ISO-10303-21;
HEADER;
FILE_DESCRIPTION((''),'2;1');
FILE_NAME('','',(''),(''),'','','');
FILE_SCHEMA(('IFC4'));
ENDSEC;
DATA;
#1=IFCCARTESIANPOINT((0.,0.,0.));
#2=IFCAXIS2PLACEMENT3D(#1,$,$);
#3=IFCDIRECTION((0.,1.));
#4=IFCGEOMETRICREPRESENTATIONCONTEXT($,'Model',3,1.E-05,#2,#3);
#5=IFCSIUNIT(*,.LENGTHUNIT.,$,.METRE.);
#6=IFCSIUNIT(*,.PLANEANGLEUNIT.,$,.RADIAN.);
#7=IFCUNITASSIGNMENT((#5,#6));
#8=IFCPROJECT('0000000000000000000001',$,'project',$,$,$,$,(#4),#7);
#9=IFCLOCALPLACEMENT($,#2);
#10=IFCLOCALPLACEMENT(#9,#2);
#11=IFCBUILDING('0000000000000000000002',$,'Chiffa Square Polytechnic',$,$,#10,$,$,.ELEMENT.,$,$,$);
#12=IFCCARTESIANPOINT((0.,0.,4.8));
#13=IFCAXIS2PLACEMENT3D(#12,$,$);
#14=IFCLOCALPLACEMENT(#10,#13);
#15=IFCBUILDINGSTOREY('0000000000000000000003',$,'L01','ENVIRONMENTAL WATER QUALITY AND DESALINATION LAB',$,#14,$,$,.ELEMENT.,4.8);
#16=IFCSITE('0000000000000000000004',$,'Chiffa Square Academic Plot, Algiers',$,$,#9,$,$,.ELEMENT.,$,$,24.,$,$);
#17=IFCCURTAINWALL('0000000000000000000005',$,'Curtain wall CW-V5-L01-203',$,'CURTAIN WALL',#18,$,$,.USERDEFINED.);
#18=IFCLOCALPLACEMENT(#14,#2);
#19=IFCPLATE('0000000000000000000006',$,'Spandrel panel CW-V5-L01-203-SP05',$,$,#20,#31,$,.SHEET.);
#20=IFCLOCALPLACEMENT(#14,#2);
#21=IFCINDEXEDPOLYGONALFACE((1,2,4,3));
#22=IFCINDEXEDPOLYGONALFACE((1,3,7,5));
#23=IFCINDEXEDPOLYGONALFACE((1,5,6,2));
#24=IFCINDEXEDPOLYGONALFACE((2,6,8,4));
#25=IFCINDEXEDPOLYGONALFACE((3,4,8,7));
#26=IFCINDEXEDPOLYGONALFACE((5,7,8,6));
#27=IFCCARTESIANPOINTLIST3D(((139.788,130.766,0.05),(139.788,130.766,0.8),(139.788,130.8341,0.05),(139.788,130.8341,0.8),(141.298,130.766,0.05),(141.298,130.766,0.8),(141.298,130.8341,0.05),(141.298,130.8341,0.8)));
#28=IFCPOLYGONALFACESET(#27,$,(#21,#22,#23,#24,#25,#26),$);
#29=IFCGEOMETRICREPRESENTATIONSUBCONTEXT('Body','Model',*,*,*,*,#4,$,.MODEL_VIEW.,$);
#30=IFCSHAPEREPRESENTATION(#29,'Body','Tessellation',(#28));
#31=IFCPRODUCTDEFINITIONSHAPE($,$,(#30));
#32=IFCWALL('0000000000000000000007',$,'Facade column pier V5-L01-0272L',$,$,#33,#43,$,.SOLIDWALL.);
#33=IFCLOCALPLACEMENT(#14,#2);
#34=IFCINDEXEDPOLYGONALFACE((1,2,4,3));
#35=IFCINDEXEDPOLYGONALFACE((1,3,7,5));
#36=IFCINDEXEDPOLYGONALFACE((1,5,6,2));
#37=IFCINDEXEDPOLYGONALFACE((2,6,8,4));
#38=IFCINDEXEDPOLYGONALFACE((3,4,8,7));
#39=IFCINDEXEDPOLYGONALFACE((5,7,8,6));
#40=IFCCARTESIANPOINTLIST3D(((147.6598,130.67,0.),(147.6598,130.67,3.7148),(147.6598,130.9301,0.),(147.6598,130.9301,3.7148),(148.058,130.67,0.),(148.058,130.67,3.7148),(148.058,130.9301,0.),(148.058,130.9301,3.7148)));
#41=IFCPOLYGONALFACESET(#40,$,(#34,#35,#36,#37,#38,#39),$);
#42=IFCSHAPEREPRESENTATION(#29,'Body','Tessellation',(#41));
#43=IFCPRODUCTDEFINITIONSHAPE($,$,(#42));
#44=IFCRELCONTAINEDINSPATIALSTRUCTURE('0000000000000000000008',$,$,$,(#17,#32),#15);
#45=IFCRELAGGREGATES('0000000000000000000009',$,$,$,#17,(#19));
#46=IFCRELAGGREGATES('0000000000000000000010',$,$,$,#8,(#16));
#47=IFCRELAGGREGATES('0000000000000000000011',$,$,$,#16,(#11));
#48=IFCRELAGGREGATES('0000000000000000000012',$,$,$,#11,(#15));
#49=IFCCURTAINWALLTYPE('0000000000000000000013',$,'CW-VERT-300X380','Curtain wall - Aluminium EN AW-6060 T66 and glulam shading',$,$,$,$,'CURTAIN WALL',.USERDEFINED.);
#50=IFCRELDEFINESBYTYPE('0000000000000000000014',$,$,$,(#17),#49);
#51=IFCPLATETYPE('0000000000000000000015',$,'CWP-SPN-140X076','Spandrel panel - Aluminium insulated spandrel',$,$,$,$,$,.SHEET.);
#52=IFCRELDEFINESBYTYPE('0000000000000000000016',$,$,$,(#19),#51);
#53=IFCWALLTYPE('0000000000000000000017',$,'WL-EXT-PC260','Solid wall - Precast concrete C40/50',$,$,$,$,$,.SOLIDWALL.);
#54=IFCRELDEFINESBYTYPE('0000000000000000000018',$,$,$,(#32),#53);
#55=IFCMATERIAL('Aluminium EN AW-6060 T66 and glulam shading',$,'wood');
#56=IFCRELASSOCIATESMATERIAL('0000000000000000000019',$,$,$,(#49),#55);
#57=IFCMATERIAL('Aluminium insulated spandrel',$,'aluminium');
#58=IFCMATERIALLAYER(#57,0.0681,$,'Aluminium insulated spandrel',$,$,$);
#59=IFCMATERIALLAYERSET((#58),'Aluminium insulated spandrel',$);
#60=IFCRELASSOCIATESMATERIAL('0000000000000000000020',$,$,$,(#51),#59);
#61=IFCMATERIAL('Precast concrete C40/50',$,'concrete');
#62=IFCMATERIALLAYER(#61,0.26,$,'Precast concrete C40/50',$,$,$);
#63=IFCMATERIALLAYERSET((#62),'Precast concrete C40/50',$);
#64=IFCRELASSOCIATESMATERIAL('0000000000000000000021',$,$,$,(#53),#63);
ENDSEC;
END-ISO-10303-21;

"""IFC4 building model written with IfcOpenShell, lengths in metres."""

from ifc_helpers import new_model, si_unit, direction, frame, frame_2d, origin, origin_2d, place, context, subcontext, project, spatial, rectangle, extrude, material, layer, layer_set, type_object, element, aggregate, save


model = new_model("IFC4")

# Units and contexts
model_context = context("Model", 3, precision=1e-05, world=origin(), true_north=direction((0.0, 1.0)))
body_context = subcontext(model_context, "Body", "Model", "MODEL_VIEW")
ifc_project = project(units=[si_unit("LENGTHUNIT", "METRE"), si_unit("PLANEANGLEUNIT", "RADIAN")], contexts=[model_context])

# Site, building, storey
site_placement = place(None, origin())
site = spatial("IfcSite", under=ifc_project, at=site_placement, Name="Chiffa Square Academic Plot, Algiers", CompositionType="ELEMENT", RefElevation=24.0)
building_placement = place(site_placement, origin())
building = spatial("IfcBuilding", under=site, at=building_placement, Name="Chiffa Square Polytechnic", CompositionType="ELEMENT")
storey_placement = place(building_placement, frame((0.0, 0.0, 4.8)))
storey = spatial("IfcBuildingStorey", under=building, at=storey_placement, Name="L01", Description="ENVIRONMENTAL WATER QUALITY AND DESALINATION LAB", CompositionType="ELEMENT", Elevation=4.8)

# Curtain wall, plate
ifc_material_1 = material(Name="Aluminium EN AW-6060 T66 and glulam shading", Category="wood")
curtain_wall_type = type_object("IfcCurtainWallType", Name="CW-VERT-300X380", Description="Curtain wall - Aluminium EN AW-6060 T66 and glulam shading", ElementType="CURTAIN WALL", PredefinedType="USERDEFINED", material=ifc_material_1)
curtain_wall_placement = place(storey_placement, origin())
curtain_wall = element("IfcCurtainWall", 1, at=curtain_wall_placement, inside=storey, type_object=curtain_wall_type, Name="Curtain wall CW-V5-L01-203", ObjectType="CURTAIN WALL", PredefinedType="USERDEFINED")
ifc_material_2 = material(Name="Aluminium insulated spandrel", Category="aluminium")
ifc_layer_1 = layer(ifc_material_2, 0.0681, Name="Aluminium insulated spandrel")
ifc_layer_set_1 = layer_set([ifc_layer_1], Name="Aluminium insulated spandrel")
plate_type_1 = type_object("IfcPlateType", Name="CWP-SPN-140X076", Description="Spandrel panel - Aluminium insulated spandrel", PredefinedType="SHEET", material=ifc_layer_set_1)
plate_1_placement = place(storey_placement, frame((140.543, 130.8, 0.05), z_axis=(0.0, 0.0, 1.0), x_axis=(-1.0, 0.0, 0.0)))
plate_1 = element("IfcPlate", 2, at=plate_1_placement, type_object=plate_type_1, Name="Spandrel panel CW-V5-L01-203-SP05", PredefinedType="SHEET", context=body_context, shape_type="SweptSolid", body=[
    extrude(rectangle(XDim=1.51, YDim=0.0681, at=origin_2d()), origin(), (0.0, 0.0, 1.0), 0.75),
])
aggregate(curtain_wall, [plate_1])

# Wall
ifc_material_3 = material(Name="Precast concrete C40/50", Category="concrete")
ifc_layer_2 = layer(ifc_material_3, 0.26, Name="Precast concrete C40/50")
ifc_layer_set_2 = layer_set([ifc_layer_2], Name="Precast concrete C40/50")
wall_type = type_object("IfcWallType", Name="WL-EXT-PC260", Description="Solid wall - Precast concrete C40/50", PredefinedType="SOLIDWALL", material=ifc_layer_set_2)
wall_placement = place(storey_placement, frame((148.0581, 130.8, 0.0), z_axis=(0.0, 0.0, 1.0), x_axis=(-1.0, 0.0, 0.0)))
element("IfcWall", 3, at=wall_placement, inside=storey, type_object=wall_type, Name="Facade column pier V5-L01-0272L", PredefinedType="SOLIDWALL", context=body_context, shape_type="SweptSolid", body=[
    extrude(rectangle(XDim=0.3982, YDim=0.26, at=frame_2d((0.1992, 0.0))), origin(), (0.0, 0.0, 1.0), 3.7148),
])

save(model, "model.ifc")
